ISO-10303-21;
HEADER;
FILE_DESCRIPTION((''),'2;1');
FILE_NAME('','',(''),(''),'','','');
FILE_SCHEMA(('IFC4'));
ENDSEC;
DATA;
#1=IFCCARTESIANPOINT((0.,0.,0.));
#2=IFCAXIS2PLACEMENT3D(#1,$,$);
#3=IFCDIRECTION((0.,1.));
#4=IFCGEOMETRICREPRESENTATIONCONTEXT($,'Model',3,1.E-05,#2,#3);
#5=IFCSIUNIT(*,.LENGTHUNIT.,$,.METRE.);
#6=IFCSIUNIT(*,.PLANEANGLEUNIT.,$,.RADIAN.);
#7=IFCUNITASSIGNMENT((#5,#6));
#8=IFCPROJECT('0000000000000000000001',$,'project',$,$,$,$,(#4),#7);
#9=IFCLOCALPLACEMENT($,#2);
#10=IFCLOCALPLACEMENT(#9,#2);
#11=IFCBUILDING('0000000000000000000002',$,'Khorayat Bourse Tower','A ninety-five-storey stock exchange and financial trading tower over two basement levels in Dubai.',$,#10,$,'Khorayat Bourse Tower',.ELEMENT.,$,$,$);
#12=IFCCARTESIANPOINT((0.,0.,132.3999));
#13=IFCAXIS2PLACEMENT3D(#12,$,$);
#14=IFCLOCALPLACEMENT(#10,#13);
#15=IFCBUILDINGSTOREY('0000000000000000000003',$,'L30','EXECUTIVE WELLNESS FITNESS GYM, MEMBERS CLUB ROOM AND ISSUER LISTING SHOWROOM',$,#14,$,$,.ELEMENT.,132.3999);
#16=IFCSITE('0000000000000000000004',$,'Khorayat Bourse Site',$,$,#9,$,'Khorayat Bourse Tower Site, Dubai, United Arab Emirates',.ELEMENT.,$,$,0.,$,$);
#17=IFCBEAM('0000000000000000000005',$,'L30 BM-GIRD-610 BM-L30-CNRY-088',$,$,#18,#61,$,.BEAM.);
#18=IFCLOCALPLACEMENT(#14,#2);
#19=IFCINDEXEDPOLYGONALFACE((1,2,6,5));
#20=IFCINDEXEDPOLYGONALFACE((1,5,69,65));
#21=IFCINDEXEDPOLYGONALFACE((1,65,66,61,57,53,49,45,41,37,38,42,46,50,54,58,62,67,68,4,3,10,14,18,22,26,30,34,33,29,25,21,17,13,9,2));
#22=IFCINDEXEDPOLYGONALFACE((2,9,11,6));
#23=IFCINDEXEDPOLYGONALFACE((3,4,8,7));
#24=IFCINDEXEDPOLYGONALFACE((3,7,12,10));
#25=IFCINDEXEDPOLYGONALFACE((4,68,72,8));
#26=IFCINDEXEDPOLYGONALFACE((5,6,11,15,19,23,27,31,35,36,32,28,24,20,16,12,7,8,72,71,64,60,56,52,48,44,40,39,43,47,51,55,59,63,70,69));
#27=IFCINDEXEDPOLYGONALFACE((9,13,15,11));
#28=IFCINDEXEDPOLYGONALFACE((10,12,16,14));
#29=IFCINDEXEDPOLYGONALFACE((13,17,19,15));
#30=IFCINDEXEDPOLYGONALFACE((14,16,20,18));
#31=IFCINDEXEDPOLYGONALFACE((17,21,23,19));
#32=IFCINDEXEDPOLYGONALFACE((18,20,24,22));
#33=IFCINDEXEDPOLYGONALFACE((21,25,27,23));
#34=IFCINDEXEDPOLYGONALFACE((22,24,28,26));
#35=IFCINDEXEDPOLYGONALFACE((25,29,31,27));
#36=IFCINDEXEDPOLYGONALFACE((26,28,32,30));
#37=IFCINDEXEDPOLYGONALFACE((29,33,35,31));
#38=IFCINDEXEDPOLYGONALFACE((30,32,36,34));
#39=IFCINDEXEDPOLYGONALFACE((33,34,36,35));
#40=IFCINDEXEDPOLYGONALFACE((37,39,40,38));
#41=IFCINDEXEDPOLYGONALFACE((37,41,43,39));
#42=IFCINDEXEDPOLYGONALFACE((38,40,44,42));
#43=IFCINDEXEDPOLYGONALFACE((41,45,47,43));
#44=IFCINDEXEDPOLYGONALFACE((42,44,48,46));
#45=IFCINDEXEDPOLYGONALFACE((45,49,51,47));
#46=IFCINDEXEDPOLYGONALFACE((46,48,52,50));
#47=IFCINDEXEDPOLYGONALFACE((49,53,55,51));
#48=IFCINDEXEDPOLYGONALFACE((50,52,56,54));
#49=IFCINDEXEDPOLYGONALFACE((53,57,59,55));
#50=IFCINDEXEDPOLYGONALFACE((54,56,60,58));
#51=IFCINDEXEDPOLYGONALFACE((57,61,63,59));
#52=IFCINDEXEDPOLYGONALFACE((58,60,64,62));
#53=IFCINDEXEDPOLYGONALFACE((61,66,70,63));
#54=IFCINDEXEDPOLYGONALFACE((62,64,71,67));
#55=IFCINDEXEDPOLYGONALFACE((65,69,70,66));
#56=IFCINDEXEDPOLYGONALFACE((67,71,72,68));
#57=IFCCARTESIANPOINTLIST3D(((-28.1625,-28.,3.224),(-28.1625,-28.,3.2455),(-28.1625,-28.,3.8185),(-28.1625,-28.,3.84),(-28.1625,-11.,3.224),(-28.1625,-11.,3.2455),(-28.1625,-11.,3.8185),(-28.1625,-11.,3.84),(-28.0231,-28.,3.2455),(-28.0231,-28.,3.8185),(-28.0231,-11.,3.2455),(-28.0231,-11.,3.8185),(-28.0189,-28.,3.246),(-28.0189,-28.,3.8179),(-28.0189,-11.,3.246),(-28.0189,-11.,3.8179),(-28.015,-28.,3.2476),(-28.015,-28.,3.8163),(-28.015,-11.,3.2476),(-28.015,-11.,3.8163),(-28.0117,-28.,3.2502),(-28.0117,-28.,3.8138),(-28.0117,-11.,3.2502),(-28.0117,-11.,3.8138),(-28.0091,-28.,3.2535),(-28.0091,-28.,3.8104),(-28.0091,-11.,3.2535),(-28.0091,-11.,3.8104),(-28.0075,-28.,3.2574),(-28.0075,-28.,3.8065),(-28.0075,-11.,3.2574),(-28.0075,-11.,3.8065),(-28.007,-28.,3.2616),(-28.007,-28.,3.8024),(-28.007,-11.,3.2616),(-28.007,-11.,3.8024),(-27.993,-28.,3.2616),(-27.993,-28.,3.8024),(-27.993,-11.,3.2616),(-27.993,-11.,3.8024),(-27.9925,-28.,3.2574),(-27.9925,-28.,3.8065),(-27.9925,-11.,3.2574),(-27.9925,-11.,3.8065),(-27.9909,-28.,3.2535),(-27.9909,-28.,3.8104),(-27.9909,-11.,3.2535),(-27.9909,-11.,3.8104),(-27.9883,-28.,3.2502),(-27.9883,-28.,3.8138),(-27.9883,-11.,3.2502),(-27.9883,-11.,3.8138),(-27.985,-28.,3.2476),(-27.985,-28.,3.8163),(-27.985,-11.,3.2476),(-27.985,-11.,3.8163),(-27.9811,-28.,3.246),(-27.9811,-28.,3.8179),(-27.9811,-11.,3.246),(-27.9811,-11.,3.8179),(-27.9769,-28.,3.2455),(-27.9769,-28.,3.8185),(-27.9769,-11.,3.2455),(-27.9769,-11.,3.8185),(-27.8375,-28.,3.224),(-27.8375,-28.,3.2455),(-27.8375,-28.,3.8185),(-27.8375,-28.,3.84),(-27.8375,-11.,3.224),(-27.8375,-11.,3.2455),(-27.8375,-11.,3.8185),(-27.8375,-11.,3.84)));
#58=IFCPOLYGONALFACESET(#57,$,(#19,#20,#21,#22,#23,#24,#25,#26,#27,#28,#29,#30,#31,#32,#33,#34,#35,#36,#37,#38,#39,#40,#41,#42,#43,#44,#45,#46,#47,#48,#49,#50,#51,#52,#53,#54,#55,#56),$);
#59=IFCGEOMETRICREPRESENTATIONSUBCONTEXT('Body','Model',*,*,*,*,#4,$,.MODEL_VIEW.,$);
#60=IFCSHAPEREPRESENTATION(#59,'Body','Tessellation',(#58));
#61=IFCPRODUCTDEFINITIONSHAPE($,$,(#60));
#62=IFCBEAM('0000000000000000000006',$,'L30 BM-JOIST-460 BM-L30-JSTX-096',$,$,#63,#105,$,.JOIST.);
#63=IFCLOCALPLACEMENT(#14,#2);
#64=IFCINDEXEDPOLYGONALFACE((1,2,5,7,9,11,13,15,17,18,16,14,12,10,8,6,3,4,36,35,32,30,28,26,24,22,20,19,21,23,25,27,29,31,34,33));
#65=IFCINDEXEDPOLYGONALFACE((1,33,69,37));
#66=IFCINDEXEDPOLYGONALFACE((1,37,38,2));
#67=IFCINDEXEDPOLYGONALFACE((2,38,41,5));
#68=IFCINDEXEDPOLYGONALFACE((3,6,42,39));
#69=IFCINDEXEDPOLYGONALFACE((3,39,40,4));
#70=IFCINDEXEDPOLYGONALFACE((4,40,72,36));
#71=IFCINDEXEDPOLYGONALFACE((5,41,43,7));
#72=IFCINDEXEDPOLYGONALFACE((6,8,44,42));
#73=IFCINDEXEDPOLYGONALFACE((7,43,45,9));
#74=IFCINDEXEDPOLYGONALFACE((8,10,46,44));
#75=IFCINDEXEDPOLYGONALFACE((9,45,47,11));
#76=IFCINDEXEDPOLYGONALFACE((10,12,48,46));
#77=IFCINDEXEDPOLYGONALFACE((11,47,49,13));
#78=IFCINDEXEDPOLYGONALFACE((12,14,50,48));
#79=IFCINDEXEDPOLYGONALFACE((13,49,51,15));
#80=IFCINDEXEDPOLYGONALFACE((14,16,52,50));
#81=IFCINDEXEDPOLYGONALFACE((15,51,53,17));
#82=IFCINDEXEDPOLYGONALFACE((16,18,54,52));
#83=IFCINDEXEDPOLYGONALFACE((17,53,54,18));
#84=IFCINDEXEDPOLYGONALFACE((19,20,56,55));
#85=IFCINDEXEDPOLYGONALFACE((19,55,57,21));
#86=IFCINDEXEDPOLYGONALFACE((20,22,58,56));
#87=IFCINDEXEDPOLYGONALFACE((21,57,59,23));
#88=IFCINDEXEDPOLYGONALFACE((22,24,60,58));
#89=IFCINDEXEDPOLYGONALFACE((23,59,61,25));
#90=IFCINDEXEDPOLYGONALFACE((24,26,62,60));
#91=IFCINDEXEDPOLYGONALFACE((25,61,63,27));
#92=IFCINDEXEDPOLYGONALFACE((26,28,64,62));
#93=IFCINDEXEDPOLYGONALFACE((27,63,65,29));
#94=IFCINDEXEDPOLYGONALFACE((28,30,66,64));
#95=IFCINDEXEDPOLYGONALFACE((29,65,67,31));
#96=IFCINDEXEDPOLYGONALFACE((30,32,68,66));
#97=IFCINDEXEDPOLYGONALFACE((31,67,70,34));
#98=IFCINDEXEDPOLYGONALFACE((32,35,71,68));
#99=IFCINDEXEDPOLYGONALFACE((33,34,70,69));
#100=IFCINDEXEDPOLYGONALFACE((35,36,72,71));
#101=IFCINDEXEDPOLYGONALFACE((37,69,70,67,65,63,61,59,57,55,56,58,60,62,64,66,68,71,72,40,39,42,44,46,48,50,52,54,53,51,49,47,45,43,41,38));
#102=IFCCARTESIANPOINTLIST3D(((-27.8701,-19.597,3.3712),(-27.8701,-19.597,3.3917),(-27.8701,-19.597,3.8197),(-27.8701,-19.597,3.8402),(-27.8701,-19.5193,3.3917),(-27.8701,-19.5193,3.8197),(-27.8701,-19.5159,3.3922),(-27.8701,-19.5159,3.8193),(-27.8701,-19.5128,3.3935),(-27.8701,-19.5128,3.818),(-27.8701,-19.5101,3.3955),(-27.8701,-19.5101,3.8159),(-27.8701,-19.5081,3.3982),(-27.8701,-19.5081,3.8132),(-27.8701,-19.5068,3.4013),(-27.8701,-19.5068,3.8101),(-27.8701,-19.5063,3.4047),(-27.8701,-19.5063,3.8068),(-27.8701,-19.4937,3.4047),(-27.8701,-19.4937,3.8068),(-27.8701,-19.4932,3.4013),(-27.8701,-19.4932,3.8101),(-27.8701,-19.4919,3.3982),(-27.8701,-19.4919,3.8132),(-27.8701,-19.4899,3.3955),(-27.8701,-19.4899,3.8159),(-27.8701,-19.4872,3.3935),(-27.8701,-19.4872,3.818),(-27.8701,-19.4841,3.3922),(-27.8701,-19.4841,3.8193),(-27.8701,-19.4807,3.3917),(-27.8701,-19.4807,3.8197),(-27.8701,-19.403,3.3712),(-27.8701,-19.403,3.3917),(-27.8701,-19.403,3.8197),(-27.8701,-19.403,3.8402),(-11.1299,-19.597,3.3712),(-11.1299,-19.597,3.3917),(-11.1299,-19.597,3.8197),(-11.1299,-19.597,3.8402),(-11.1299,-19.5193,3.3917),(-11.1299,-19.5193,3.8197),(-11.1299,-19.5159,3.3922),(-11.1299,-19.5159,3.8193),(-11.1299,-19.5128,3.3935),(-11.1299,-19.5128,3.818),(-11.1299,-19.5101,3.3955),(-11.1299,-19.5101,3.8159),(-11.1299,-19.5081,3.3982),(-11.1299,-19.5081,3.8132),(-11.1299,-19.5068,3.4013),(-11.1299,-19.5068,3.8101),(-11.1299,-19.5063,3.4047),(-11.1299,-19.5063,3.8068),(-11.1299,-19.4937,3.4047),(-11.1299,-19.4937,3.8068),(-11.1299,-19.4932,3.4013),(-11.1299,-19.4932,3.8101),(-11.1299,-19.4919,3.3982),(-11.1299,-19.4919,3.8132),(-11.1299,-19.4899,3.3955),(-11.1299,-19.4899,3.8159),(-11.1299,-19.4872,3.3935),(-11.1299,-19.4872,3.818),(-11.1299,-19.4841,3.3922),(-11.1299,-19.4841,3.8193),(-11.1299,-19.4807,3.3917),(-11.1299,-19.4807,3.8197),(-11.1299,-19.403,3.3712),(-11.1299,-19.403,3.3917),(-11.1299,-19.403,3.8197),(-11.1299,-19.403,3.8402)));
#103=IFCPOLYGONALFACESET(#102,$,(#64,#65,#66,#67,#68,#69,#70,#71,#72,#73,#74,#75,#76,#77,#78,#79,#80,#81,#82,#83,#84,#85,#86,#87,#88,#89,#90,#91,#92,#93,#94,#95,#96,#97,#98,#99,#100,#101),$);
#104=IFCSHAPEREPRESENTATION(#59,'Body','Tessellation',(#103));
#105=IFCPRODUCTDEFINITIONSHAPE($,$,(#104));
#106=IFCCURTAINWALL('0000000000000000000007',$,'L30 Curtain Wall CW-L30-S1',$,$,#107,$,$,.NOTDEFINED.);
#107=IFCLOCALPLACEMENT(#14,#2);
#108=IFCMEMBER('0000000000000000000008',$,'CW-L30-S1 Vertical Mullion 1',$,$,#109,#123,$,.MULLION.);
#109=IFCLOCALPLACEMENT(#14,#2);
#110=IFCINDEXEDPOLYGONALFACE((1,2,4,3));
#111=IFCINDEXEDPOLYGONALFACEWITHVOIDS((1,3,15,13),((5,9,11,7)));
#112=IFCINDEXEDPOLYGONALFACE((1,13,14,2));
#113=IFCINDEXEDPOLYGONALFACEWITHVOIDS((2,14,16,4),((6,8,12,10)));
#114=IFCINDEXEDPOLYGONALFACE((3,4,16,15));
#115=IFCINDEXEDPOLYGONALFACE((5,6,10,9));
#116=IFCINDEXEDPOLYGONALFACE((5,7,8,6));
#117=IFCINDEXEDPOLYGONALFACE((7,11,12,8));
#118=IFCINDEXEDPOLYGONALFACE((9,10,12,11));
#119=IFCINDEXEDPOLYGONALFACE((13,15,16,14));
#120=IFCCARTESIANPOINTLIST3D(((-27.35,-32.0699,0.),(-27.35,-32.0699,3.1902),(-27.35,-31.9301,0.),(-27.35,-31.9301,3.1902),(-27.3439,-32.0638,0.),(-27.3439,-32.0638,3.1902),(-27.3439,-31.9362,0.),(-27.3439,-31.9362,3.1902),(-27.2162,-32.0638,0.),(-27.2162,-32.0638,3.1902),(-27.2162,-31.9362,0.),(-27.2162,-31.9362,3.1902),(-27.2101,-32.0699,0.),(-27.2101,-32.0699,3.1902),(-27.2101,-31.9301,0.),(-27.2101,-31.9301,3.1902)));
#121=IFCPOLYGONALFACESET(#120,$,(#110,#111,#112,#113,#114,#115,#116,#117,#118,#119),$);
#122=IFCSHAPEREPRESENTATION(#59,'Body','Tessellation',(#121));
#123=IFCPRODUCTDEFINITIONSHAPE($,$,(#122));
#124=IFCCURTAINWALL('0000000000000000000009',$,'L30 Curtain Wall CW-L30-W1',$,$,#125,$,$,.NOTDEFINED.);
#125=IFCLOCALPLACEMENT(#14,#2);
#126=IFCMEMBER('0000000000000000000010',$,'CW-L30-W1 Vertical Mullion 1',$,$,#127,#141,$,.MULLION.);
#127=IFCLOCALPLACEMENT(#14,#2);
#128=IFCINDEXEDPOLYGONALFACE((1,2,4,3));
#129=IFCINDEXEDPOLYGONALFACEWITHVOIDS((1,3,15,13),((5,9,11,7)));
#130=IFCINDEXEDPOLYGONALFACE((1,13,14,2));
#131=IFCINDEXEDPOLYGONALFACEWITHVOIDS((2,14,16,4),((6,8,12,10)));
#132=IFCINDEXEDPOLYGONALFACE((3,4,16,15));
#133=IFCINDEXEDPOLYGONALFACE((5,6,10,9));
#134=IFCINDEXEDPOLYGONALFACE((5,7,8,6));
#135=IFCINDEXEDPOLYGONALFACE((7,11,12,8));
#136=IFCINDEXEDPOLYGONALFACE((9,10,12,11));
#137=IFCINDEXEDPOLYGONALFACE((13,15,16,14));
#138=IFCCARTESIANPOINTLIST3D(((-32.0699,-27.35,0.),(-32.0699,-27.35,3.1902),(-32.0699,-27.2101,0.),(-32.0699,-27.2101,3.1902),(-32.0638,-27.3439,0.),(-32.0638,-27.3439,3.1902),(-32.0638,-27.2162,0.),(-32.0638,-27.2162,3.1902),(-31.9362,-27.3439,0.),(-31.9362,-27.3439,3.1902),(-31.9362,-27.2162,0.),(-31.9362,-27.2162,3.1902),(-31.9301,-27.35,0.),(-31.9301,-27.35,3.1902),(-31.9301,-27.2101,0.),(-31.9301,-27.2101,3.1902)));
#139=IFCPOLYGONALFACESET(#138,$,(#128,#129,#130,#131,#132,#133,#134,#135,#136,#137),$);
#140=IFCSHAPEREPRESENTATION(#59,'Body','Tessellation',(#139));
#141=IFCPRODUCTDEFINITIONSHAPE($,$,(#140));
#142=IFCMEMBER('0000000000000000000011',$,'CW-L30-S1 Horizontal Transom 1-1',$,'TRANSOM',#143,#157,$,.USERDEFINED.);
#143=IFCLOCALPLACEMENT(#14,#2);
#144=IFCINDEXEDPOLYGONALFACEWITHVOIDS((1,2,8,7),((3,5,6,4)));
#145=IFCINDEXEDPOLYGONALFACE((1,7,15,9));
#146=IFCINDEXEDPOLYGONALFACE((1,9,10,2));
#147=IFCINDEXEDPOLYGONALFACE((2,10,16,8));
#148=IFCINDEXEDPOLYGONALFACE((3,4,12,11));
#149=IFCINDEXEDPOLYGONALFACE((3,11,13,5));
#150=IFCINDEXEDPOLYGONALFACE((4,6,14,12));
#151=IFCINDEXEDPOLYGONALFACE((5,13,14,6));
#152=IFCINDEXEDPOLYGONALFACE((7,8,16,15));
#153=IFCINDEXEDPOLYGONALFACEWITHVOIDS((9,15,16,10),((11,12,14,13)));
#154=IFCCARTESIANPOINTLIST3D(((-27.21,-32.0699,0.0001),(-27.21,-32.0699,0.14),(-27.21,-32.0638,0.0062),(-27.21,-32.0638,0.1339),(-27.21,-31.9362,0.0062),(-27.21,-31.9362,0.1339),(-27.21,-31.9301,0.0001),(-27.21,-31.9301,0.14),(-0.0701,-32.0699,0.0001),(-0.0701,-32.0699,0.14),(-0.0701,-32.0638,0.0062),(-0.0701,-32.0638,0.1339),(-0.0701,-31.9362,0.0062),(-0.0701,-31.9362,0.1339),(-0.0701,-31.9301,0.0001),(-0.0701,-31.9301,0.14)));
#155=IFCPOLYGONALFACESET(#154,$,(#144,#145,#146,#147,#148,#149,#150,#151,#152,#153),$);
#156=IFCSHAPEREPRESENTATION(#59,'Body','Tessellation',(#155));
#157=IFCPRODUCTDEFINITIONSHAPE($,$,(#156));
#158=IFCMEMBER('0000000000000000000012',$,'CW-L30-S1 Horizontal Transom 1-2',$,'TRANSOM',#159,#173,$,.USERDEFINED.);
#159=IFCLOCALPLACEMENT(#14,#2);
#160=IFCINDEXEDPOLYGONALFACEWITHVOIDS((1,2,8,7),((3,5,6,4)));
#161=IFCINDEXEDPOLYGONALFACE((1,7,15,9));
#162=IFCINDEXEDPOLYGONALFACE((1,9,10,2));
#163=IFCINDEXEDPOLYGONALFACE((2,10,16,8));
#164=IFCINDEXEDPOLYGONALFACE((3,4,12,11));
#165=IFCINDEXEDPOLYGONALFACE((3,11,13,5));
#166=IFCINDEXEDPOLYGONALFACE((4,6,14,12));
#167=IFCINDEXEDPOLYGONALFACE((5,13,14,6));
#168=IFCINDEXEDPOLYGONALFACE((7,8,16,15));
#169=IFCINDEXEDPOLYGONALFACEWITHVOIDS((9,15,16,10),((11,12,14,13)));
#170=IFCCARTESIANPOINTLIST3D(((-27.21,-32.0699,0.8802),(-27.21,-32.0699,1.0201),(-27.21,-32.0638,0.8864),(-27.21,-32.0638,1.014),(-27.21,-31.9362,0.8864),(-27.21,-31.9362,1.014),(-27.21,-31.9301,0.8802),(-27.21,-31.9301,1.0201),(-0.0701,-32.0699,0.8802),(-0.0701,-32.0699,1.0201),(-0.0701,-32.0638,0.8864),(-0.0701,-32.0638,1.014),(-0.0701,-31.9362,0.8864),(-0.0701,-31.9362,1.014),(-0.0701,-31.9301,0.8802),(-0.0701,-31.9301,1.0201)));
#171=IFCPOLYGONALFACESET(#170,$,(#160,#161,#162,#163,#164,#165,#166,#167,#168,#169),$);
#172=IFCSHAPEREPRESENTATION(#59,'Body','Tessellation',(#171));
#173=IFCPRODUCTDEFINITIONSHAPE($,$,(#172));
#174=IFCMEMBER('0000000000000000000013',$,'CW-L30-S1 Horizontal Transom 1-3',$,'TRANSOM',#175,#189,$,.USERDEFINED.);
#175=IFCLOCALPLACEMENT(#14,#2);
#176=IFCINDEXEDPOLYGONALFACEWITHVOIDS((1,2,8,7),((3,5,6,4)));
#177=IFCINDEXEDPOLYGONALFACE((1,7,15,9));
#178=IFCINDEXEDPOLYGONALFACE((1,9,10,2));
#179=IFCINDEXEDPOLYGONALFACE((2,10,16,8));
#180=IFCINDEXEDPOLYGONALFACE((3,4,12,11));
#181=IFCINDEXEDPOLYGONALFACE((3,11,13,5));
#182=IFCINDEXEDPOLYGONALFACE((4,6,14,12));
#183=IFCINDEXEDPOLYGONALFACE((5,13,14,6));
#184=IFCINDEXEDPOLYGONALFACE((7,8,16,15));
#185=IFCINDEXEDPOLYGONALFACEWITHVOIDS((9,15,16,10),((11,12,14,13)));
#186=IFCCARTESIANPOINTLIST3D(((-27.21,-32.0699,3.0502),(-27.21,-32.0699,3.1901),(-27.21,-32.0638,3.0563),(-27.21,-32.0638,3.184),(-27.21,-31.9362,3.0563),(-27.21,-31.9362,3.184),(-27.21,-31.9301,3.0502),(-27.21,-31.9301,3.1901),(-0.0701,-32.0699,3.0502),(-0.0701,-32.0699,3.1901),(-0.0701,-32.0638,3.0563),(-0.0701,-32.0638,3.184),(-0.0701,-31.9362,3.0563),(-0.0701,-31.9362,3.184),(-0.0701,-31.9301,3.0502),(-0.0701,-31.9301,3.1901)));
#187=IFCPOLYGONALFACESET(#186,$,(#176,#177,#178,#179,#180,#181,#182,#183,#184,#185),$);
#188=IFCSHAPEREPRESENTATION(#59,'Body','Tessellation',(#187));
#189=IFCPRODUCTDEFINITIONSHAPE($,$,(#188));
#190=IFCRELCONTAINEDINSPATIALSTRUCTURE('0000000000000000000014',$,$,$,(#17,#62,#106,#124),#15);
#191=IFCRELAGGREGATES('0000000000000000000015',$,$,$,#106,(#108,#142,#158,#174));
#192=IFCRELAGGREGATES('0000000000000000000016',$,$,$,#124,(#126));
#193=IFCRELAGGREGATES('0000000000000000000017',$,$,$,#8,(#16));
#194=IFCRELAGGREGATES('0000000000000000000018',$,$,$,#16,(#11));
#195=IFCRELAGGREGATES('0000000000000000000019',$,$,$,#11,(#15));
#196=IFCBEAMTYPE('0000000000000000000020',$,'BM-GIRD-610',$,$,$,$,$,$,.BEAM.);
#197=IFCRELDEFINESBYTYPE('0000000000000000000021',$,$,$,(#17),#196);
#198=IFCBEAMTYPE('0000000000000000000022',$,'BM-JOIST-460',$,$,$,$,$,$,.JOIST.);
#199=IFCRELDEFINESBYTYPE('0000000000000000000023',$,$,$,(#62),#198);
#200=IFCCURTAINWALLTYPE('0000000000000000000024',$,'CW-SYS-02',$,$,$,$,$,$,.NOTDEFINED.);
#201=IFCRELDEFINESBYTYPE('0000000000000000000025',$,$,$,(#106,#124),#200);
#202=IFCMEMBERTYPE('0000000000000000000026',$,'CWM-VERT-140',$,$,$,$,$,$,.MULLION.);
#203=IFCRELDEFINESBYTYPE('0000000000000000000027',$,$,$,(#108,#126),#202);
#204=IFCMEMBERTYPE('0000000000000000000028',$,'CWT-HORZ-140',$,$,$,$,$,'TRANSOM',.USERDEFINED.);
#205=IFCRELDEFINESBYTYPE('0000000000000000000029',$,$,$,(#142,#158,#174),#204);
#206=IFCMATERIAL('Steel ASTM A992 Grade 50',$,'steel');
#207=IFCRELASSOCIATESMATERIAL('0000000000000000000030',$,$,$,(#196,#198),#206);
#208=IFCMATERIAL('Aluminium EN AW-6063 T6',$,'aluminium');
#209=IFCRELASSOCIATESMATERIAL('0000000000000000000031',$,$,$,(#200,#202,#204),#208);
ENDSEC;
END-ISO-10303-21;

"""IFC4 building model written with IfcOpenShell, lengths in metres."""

from ifc_helpers import new_model, si_unit, direction, frame, origin, origin_2d, place, context, subcontext, project, spatial, hollow_rectangle, i_section, extrude, source, transform, mapped, material, material_profile, profile_set, type_object, element, aggregate, save


model = new_model("IFC4")

# Units and contexts
model_context = context("Model", 3, precision=1e-05, world=origin(), true_north=direction((0.0, 1.0)))
body_context = subcontext(model_context, "Body", "Model", "MODEL_VIEW")
ifc_project = project(units=[si_unit("LENGTHUNIT", "METRE"), si_unit("PLANEANGLEUNIT", "RADIAN")], contexts=[model_context])

# Site, building, storey
site_placement = place(None, origin())
site = spatial("IfcSite", under=ifc_project, at=site_placement, Name="Khorayat Bourse Site", LongName="Khorayat Bourse Tower Site, Dubai, United Arab Emirates", CompositionType="ELEMENT", RefElevation=0.0)
building_placement = place(site_placement, origin())
building = spatial("IfcBuilding", under=site, at=building_placement, Name="Khorayat Bourse Tower", Description="A ninety-five-storey stock exchange and financial trading tower over two basement levels in Dubai.", LongName="Khorayat Bourse Tower", CompositionType="ELEMENT")
storey_placement = place(building_placement, frame((0.0, 0.0, 132.3999)))
storey = spatial("IfcBuildingStorey", under=building, at=storey_placement, Name="L30", Description="EXECUTIVE WELLNESS FITNESS GYM, MEMBERS CLUB ROOM AND ISSUER LISTING SHOWROOM", CompositionType="ELEMENT", Elevation=132.3999)

# Beams
ifc_material_1 = material(Name="Steel ASTM A992 Grade 50", Category="steel")
ifc_material_profile_1 = material_profile(ifc_material_1, i_section(OverallWidth=0.325, OverallDepth=0.616, WebThickness=0.0139, FlangeThickness=0.0215, FilletRadius=0.0161, at=origin_2d()), Name="W610X174")
ifc_profile_set_1 = profile_set([ifc_material_profile_1], Name="Steel ASTM A992 Grade 50")
beam_type_1 = type_object("IfcBeamType", Name="BM-GIRD-610", PredefinedType="BEAM", material=ifc_profile_set_1)
shared_shape_1 = source(origin(), body_context, "Body", "SweptSolid", [
    extrude(i_section(OverallWidth=0.325, OverallDepth=0.616, WebThickness=0.0139, FlangeThickness=0.0215, FilletRadius=0.0161, at=origin_2d()), origin(), (0.0, 0.0, 1.0), 17.0),
])
beam_1_placement = place(storey_placement, frame((-28.0, -28.0, 3.532), z_axis=(0.0, 1.0, 0.0), x_axis=(-1.0, 0.0, 0.0)))
element("IfcBeam", 1, at=beam_1_placement, inside=storey, type_object=beam_type_1, Name="L30 BM-GIRD-610 BM-L30-CNRY-088", PredefinedType="BEAM", context=body_context, shape_type="MappedRepresentation", body=[
    mapped(shared_shape_1, transform((0.0, 0.0, 0.0), scale=1.0)),
])
ifc_material_profile_2 = material_profile(ifc_material_1, i_section(OverallWidth=0.1941, OverallDepth=0.469, WebThickness=0.0127, FlangeThickness=0.0205, FilletRadius=0.0129, at=origin_2d()), Name="W460X106")
ifc_profile_set_2 = profile_set([ifc_material_profile_2], Name="Steel ASTM A992 Grade 50")
beam_type_2 = type_object("IfcBeamType", Name="BM-JOIST-460", PredefinedType="JOIST", material=ifc_profile_set_2)
shared_shape_2 = source(origin(), body_context, "Body", "SweptSolid", [
    extrude(i_section(OverallWidth=0.1941, OverallDepth=0.469, WebThickness=0.0127, FlangeThickness=0.0205, FilletRadius=0.0129, at=origin_2d()), origin(), (0.0, 0.0, 1.0), 16.7402),
])
beam_2_placement = place(storey_placement, frame((-27.8701, -19.5, 3.6057), z_axis=(1.0, 0.0, 0.0), x_axis=(0.0, 1.0, 0.0)))
element("IfcBeam", 2, at=beam_2_placement, inside=storey, type_object=beam_type_2, Name="L30 BM-JOIST-460 BM-L30-JSTX-096", PredefinedType="JOIST", context=body_context, shape_type="MappedRepresentation", body=[
    mapped(shared_shape_2, transform((0.0, 0.0, 0.0), scale=1.0)),
])

# Curtain walls, members
ifc_material_2 = material(Name="Aluminium EN AW-6063 T6", Category="aluminium")
curtain_wall_type = type_object("IfcCurtainWallType", Name="CW-SYS-02", PredefinedType="NOTDEFINED", material=ifc_material_2)
curtain_wall_1_placement = place(storey_placement, origin())
curtain_wall_1 = element("IfcCurtainWall", 3, at=curtain_wall_1_placement, inside=storey, type_object=curtain_wall_type, Name="L30 Curtain Wall CW-L30-S1", PredefinedType="NOTDEFINED")
ifc_material_profile_3 = material_profile(ifc_material_2, hollow_rectangle(XDim=0.1399, YDim=0.1399, WallThickness=0.0061, at=origin_2d()), Name="ALU 140x140x6")
ifc_profile_set_3 = profile_set([ifc_material_profile_3], Name="Aluminium EN AW-6063 T6")
member_type_1 = type_object("IfcMemberType", Name="CWM-VERT-140", PredefinedType="MULLION", material=ifc_profile_set_3)
shared_shape_3 = source(origin(), body_context, "Body", "SweptSolid", [
    extrude(hollow_rectangle(XDim=0.1399, YDim=0.1399, WallThickness=0.0061, at=origin_2d()), origin(), (0.0, 0.0, 1.0), 3.1902),
])
member_1_placement = place(storey_placement, frame((-27.28, -32.0, 0.0), z_axis=(0.0, 0.0, 1.0), x_axis=(0.0, 1.0, 0.0)))
member_1 = element("IfcMember", 4, at=member_1_placement, type_object=member_type_1, Name="CW-L30-S1 Vertical Mullion 1", PredefinedType="MULLION", context=body_context, shape_type="MappedRepresentation", body=[
    mapped(shared_shape_3, transform((0.0, 0.0, 0.0), scale=1.0)),
])
curtain_wall_2_placement = place(storey_placement, origin())
curtain_wall_2 = element("IfcCurtainWall", 5, at=curtain_wall_2_placement, inside=storey, type_object=curtain_wall_type, Name="L30 Curtain Wall CW-L30-W1", PredefinedType="NOTDEFINED")
member_2_placement = place(storey_placement, frame((-32.0, -27.28, 0.0), z_axis=(0.0, 0.0, 1.0), x_axis=(-1.0, 0.0, 0.0)))
member_2 = element("IfcMember", 6, at=member_2_placement, type_object=member_type_1, Name="CW-L30-W1 Vertical Mullion 1", PredefinedType="MULLION", context=body_context, shape_type="MappedRepresentation", body=[
    mapped(shared_shape_3, transform((0.0, 0.0, 0.0), scale=1.0)),
])

# Members
ifc_material_profile_4 = material_profile(ifc_material_2, hollow_rectangle(XDim=0.1399, YDim=0.1399, WallThickness=0.0061, at=origin_2d()), Name="ALU 140x140x6")
ifc_profile_set_4 = profile_set([ifc_material_profile_4], Name="Aluminium EN AW-6063 T6")
member_type_2 = type_object("IfcMemberType", Name="CWT-HORZ-140", ElementType="TRANSOM", PredefinedType="USERDEFINED", material=ifc_profile_set_4)
shared_shape_4 = source(origin(), body_context, "Body", "SweptSolid", [
    extrude(hollow_rectangle(XDim=0.1399, YDim=0.1399, WallThickness=0.0061, at=origin_2d()), origin(), (0.0, 0.0, 1.0), 27.1399),
])
member_3_placement = place(storey_placement, frame((-27.21, -32.0, 0.0701), z_axis=(1.0, 0.0, 0.0), x_axis=(0.0, 1.0, 0.0)))
member_3 = element("IfcMember", 7, at=member_3_placement, type_object=member_type_2, Name="CW-L30-S1 Horizontal Transom 1-1", ObjectType="TRANSOM", PredefinedType="USERDEFINED", context=body_context, shape_type="MappedRepresentation", body=[
    mapped(shared_shape_4, transform((0.0, 0.0, 0.0), scale=1.0)),
])
member_4_placement = place(storey_placement, frame((-27.21, -32.0, 0.9502), z_axis=(1.0, 0.0, 0.0), x_axis=(0.0, 1.0, 0.0)))
member_4 = element("IfcMember", 8, at=member_4_placement, type_object=member_type_2, Name="CW-L30-S1 Horizontal Transom 1-2", ObjectType="TRANSOM", PredefinedType="USERDEFINED", context=body_context, shape_type="MappedRepresentation", body=[
    mapped(shared_shape_4, transform((0.0, 0.0, 0.0), scale=1.0)),
])
member_5_placement = place(storey_placement, frame((-27.21, -32.0, 3.1201), z_axis=(1.0, 0.0, 0.0), x_axis=(0.0, 1.0, 0.0)))
member_5 = element("IfcMember", 9, at=member_5_placement, type_object=member_type_2, Name="CW-L30-S1 Horizontal Transom 1-3", ObjectType="TRANSOM", PredefinedType="USERDEFINED", context=body_context, shape_type="MappedRepresentation", body=[
    mapped(shared_shape_4, transform((0.0, 0.0, 0.0), scale=1.0)),
])
aggregate(curtain_wall_1, [member_1, member_3, member_4, member_5])
aggregate(curtain_wall_2, [member_2])

save(model, "model.ifc")
